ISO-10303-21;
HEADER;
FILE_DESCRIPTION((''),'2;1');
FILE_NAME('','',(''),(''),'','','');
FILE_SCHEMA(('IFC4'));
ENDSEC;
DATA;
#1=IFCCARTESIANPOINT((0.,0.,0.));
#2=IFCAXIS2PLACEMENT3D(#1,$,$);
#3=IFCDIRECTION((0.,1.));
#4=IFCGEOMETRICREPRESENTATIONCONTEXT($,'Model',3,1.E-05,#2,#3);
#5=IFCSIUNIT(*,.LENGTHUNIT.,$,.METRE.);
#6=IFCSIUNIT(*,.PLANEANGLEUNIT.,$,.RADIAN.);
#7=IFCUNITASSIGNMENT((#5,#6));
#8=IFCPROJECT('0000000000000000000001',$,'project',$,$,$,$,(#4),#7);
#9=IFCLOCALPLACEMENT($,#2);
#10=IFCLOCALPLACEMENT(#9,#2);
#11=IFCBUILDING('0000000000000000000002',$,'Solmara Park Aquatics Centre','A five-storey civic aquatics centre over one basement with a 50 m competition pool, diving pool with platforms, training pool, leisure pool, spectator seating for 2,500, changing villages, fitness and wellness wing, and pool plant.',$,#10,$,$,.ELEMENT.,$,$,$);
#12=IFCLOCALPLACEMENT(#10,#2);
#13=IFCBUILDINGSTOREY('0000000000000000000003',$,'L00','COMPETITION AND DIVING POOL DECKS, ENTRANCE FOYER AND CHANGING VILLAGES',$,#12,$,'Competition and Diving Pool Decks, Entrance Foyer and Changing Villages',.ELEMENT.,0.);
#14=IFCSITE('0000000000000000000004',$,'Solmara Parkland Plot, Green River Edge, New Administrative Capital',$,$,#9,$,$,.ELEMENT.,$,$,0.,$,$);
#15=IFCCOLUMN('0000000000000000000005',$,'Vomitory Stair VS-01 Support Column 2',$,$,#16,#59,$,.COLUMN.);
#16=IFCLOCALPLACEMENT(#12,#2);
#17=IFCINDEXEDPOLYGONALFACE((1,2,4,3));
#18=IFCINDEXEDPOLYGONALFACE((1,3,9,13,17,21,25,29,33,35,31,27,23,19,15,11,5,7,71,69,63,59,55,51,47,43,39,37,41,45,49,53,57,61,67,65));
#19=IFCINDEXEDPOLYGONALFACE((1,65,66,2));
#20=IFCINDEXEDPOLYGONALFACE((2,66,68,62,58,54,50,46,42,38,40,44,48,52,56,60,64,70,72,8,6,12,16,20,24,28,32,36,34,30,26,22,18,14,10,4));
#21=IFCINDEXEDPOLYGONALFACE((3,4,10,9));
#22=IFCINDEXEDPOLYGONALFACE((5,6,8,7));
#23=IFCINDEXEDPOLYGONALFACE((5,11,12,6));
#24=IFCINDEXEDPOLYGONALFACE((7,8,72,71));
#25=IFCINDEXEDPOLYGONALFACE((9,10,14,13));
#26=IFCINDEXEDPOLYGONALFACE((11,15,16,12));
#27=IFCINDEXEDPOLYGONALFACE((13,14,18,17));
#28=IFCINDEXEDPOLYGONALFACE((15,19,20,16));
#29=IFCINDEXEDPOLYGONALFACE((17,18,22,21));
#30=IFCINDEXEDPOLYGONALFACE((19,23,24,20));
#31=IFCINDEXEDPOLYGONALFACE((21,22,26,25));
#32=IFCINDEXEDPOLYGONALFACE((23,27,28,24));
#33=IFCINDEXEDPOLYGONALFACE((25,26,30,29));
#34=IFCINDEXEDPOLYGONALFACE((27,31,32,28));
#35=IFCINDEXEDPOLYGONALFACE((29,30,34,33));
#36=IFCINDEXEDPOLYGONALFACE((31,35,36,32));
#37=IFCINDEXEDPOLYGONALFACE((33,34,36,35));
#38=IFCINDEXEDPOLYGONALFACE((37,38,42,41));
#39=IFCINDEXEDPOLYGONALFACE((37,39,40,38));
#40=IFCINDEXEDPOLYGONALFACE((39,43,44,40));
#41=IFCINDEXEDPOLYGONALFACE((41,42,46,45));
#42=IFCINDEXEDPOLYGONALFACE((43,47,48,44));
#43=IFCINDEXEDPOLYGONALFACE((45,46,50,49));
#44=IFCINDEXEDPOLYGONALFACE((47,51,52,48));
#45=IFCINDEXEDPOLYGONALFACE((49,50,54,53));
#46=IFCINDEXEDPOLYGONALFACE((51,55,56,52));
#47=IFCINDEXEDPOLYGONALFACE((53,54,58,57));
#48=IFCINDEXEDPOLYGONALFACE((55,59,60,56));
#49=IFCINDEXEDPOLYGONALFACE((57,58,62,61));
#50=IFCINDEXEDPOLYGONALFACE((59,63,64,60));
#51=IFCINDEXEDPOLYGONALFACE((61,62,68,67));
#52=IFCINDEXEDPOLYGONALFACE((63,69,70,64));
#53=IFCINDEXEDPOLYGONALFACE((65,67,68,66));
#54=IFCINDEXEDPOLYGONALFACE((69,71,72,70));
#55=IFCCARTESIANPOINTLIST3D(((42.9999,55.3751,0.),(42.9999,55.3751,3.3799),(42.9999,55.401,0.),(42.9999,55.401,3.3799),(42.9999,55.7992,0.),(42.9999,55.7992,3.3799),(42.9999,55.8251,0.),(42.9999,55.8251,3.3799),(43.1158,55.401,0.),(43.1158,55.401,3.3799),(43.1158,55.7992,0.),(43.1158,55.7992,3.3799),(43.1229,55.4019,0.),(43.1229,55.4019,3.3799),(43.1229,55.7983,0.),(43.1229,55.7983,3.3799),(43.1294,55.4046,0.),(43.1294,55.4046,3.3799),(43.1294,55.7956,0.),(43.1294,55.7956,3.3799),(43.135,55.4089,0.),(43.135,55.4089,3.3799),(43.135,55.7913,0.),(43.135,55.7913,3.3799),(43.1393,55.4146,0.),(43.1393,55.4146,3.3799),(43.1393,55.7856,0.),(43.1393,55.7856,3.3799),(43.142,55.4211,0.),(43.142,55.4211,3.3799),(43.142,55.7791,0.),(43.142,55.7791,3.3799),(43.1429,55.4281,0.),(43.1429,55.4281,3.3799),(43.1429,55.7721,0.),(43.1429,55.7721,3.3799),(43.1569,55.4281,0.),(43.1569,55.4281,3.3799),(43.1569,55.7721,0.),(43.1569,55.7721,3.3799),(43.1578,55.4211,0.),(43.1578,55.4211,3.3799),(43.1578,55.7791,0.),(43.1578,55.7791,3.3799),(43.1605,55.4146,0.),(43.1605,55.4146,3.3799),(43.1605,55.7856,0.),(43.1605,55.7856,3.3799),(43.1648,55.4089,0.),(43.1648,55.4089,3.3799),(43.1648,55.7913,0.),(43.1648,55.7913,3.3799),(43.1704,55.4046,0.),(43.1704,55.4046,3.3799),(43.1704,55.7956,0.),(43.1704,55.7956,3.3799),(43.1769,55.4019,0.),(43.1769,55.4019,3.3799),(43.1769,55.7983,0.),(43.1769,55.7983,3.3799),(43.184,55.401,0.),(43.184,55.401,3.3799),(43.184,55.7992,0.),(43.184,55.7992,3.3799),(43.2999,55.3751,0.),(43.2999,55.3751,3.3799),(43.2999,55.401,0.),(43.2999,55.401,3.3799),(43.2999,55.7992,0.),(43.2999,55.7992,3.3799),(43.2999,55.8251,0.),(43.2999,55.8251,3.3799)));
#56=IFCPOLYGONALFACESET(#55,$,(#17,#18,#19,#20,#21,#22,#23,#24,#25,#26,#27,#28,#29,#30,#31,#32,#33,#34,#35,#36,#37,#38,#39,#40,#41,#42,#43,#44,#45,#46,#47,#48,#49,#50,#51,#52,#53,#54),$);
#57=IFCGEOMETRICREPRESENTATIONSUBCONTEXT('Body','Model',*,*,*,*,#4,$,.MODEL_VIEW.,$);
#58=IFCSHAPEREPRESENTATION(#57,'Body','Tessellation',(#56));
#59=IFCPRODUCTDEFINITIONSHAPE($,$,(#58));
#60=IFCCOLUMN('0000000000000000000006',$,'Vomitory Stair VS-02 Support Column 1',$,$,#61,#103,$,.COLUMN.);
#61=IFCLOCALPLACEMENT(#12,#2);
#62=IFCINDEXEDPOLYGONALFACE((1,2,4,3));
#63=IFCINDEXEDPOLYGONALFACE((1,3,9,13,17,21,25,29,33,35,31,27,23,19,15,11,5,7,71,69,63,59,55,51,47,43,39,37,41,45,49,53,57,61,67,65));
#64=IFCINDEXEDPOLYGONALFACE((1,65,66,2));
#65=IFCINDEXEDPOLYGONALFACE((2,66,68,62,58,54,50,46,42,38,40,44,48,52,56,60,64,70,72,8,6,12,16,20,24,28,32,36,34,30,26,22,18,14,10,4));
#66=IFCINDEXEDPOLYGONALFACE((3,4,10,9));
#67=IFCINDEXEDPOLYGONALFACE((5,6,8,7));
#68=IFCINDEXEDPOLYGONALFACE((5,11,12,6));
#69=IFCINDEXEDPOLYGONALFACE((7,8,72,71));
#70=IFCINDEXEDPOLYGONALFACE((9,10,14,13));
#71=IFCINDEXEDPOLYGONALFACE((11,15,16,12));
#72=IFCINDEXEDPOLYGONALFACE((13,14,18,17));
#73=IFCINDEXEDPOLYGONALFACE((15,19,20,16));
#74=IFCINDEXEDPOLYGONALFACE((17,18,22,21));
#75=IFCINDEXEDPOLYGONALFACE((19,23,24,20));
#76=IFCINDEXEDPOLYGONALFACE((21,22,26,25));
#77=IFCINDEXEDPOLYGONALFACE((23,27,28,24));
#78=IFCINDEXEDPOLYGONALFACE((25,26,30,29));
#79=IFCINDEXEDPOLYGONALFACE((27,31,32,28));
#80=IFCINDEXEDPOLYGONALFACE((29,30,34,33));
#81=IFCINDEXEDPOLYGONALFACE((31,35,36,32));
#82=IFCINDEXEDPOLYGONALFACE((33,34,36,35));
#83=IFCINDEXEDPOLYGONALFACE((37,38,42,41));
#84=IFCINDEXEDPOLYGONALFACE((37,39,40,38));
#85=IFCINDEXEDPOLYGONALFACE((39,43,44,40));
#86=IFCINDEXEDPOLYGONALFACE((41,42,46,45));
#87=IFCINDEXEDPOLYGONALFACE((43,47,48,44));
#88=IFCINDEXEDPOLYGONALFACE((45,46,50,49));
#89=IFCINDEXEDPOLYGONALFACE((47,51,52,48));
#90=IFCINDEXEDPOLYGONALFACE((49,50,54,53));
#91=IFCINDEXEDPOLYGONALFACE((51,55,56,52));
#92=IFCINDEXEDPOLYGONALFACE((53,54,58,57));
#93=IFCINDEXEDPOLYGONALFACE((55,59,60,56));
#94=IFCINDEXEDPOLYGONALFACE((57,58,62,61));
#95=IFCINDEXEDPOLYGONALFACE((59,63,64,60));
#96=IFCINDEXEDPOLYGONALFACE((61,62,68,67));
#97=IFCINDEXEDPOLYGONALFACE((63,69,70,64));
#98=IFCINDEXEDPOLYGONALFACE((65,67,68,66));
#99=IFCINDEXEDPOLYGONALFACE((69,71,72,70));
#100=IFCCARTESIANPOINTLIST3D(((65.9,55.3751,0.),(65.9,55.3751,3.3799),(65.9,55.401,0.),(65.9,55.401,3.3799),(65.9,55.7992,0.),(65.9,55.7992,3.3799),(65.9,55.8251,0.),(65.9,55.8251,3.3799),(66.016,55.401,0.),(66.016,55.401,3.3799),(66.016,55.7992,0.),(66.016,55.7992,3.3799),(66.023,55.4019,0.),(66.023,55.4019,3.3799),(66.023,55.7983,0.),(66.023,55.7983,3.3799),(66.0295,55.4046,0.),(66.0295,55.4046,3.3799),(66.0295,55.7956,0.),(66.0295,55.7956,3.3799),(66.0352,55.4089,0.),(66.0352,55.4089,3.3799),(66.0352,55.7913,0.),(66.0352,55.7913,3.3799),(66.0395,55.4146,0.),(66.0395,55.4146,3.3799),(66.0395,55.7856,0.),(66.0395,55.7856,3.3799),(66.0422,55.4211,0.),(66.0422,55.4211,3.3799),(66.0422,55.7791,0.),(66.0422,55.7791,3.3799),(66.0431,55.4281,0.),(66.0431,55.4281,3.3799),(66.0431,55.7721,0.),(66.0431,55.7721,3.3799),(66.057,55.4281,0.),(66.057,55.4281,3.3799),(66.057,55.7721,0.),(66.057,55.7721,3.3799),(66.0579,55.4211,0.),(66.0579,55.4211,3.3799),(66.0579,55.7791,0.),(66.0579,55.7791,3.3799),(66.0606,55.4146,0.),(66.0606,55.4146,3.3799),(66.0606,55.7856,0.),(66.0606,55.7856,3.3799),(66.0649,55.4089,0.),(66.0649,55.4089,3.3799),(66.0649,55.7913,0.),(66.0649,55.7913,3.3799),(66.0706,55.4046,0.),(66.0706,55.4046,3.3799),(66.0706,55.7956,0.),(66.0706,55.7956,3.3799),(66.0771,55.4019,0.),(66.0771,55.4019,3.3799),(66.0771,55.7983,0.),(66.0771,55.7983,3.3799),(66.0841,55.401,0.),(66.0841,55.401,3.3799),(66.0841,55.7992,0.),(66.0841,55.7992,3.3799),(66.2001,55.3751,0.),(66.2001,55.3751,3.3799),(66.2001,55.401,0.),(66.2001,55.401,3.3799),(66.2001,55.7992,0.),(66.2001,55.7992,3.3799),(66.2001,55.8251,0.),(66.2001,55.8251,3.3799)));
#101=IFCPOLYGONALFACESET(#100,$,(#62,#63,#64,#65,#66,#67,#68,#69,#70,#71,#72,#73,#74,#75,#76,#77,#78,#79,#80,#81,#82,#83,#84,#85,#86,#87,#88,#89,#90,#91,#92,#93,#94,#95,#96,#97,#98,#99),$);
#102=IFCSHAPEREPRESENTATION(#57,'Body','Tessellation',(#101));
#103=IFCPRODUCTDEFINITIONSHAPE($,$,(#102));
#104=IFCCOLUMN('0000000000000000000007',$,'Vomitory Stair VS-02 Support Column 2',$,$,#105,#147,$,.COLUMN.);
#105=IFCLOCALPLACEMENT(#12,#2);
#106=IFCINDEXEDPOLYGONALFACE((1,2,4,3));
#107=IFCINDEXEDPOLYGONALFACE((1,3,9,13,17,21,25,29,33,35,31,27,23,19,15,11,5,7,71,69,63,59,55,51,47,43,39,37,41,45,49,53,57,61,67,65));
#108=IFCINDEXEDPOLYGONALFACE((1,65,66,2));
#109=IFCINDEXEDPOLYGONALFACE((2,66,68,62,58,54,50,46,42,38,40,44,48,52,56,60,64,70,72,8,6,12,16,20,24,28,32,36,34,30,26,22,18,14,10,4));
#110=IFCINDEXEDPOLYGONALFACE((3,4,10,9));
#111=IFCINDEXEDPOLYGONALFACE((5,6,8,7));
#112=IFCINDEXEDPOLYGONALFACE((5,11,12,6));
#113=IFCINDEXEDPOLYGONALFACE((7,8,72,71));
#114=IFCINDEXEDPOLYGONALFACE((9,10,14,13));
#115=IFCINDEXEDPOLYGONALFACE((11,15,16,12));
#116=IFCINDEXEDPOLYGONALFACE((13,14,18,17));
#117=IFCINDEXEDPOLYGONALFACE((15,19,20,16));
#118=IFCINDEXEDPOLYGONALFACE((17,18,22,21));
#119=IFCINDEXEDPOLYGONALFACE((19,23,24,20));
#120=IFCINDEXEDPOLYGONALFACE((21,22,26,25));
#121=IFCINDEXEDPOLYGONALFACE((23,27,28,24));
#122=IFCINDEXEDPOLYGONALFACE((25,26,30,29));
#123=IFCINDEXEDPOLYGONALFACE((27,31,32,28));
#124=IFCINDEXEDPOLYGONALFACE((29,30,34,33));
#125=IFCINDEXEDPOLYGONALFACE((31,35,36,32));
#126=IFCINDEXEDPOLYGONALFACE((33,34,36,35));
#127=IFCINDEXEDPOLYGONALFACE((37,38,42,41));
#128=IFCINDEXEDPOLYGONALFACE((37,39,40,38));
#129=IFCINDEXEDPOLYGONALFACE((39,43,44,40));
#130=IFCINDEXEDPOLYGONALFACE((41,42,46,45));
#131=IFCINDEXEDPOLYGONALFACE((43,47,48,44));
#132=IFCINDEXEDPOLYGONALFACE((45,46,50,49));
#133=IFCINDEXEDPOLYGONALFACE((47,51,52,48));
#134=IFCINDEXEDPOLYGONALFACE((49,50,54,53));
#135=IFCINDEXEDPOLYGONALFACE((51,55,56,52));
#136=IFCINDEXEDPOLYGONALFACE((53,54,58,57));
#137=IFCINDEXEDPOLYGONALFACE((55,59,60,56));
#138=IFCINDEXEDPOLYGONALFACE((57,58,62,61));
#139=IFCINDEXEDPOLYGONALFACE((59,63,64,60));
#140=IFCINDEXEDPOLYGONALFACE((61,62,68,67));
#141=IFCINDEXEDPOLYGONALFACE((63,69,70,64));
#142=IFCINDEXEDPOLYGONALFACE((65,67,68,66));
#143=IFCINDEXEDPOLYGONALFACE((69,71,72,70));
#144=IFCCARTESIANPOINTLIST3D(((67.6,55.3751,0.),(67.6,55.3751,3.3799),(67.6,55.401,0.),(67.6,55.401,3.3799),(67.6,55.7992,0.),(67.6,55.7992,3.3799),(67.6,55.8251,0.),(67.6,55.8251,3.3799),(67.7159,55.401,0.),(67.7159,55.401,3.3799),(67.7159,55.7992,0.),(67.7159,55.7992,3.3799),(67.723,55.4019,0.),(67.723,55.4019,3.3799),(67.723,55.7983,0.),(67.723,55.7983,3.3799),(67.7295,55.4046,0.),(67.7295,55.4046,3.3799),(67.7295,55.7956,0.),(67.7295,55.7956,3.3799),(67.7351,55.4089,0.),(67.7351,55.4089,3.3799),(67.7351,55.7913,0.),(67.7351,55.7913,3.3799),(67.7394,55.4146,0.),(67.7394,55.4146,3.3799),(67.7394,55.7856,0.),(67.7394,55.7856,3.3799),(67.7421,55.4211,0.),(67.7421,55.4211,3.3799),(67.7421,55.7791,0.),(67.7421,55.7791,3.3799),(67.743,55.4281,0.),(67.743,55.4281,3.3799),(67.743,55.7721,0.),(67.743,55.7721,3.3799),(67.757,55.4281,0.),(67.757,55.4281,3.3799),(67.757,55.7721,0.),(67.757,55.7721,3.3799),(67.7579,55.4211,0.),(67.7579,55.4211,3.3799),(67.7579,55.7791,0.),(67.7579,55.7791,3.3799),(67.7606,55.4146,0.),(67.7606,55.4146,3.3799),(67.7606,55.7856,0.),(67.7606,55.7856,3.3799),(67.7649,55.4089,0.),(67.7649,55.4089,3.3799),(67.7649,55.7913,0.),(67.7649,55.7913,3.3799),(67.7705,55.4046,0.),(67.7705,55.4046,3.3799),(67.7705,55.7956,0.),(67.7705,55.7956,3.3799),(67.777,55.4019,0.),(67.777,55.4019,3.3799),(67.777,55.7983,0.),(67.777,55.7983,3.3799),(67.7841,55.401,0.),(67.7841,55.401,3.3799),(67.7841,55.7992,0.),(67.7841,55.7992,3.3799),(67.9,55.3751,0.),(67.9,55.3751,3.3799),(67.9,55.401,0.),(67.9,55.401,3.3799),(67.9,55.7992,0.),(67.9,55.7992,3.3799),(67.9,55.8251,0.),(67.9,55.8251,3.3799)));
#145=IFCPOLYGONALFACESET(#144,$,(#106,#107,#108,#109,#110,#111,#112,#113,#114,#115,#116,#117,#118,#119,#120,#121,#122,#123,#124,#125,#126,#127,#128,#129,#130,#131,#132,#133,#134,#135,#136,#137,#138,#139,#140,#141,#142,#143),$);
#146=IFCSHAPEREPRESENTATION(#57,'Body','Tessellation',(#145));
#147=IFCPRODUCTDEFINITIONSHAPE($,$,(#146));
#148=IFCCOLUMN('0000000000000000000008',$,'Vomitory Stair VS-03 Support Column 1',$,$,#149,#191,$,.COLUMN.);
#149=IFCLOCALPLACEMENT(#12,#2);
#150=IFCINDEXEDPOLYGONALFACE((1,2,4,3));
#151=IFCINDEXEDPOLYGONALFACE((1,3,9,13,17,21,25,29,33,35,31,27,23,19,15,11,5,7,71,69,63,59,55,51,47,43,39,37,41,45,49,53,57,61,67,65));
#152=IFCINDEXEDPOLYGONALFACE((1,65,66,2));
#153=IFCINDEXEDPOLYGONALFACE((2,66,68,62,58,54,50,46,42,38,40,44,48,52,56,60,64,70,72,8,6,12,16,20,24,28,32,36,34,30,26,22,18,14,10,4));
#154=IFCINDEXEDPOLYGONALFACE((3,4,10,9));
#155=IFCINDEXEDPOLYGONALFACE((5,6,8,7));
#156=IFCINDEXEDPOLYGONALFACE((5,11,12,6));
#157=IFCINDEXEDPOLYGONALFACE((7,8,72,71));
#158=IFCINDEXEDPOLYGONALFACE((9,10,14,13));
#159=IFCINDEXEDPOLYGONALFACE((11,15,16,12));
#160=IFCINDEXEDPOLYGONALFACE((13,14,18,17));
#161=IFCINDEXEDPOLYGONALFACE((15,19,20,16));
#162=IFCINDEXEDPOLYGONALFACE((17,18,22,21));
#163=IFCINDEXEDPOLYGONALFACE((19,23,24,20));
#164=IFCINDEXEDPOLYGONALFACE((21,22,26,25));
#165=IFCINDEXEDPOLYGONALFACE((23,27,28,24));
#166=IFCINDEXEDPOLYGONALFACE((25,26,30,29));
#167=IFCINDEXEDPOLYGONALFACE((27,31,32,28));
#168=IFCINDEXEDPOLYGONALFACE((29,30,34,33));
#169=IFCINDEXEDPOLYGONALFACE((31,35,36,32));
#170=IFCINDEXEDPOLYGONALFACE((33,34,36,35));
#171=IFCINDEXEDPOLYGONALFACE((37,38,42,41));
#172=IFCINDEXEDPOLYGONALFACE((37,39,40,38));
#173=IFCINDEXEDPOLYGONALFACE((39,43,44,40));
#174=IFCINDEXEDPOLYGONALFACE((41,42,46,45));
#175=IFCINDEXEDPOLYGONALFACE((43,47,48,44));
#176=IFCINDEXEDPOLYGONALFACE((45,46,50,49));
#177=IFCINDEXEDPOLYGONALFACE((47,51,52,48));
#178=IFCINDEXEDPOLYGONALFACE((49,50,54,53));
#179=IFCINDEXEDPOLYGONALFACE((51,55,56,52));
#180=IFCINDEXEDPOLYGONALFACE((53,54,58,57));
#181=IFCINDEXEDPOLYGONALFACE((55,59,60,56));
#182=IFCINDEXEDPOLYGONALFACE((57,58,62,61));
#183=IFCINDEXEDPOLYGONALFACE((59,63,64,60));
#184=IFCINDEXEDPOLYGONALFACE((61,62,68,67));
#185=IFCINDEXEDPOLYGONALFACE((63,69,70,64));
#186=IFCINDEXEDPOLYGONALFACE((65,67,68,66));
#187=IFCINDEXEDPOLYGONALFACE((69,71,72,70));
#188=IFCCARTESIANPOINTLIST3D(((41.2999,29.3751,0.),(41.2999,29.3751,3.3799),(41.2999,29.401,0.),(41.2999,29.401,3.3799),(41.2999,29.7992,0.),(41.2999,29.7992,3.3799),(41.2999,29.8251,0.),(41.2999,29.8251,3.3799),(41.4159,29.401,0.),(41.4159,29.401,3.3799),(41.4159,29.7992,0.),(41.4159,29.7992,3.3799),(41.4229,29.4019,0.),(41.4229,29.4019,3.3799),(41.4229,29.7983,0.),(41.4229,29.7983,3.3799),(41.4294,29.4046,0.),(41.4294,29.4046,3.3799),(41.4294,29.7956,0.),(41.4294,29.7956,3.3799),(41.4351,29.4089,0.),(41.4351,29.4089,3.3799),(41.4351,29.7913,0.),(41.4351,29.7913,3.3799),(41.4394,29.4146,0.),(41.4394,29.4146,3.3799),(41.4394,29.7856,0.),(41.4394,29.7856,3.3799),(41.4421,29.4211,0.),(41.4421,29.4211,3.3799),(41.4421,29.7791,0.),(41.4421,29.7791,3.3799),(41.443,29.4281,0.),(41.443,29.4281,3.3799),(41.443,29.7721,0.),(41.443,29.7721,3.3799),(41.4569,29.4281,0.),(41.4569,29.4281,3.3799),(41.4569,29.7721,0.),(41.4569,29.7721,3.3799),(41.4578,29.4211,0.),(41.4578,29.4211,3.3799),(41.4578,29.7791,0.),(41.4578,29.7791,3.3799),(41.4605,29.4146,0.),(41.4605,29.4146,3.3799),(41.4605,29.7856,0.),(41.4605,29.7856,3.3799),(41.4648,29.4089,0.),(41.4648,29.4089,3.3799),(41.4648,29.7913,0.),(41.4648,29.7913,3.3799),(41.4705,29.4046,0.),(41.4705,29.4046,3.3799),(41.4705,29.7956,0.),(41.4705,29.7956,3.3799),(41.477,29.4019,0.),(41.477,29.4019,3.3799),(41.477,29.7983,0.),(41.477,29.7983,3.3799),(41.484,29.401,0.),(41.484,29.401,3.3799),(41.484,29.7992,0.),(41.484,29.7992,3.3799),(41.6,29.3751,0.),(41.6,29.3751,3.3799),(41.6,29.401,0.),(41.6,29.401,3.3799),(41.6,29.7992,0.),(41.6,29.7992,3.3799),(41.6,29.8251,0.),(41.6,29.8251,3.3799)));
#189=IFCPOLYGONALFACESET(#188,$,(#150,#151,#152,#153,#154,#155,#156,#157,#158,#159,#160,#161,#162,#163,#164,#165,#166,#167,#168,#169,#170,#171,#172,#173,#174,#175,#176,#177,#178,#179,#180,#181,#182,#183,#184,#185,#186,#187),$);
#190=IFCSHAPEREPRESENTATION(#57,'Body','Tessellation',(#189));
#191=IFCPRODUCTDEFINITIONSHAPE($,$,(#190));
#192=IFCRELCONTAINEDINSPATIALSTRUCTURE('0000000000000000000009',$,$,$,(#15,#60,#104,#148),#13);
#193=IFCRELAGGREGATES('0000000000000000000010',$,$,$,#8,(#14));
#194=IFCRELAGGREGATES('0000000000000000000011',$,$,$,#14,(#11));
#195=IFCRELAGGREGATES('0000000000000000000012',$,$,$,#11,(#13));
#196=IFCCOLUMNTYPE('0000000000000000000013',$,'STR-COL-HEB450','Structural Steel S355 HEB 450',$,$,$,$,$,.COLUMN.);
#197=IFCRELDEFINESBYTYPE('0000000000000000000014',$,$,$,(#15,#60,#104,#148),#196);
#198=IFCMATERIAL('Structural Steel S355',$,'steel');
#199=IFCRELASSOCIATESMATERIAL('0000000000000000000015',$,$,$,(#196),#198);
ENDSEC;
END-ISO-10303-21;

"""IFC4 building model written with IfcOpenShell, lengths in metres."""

from ifc_helpers import new_model, si_unit, direction, frame, origin, origin_2d, place, context, subcontext, project, spatial, i_section, extrude, material, material_profile, profile_set, type_object, element, save


model = new_model("IFC4")

# Units and contexts
model_context = context("Model", 3, precision=1e-05, world=origin(), true_north=direction((0.0, 1.0)))
body_context = subcontext(model_context, "Body", "Model", "MODEL_VIEW")
ifc_project = project(units=[si_unit("LENGTHUNIT", "METRE"), si_unit("PLANEANGLEUNIT", "RADIAN")], contexts=[model_context])

# Site, building, storey
site_placement = place(None, origin())
site = spatial("IfcSite", under=ifc_project, at=site_placement, Name="Solmara Parkland Plot, Green River Edge, New Administrative Capital", CompositionType="ELEMENT", RefElevation=0.0)
building_placement = place(site_placement, origin())
building = spatial("IfcBuilding", under=site, at=building_placement, Name="Solmara Park Aquatics Centre", Description="A five-storey civic aquatics centre over one basement with a 50 m competition pool, diving pool with platforms, training pool, leisure pool, spectator seating for 2,500, changing villages, fitness and wellness wing, and pool plant.", CompositionType="ELEMENT")
storey_placement = place(building_placement, origin())
storey = spatial("IfcBuildingStorey", under=building, at=storey_placement, Name="L00", Description="COMPETITION AND DIVING POOL DECKS, ENTRANCE FOYER AND CHANGING VILLAGES", LongName="Competition and Diving Pool Decks, Entrance Foyer and Changing Villages", CompositionType="ELEMENT", Elevation=0.0)

# Columns
ifc_material_1 = material(Name="Structural Steel S355", Category="steel")
ifc_material_profile_1 = material_profile(ifc_material_1, i_section(OverallWidth=0.3, OverallDepth=0.45, WebThickness=0.0139, FlangeThickness=0.0259, FilletRadius=0.0271, at=origin_2d()), Name="HEB 450")
ifc_profile_set_1 = profile_set([ifc_material_profile_1], Name="Structural Steel S355")
column_type_1 = type_object("IfcColumnType", Name="STR-COL-HEB450", Description="Structural Steel S355 HEB 450", PredefinedType="COLUMN", material=ifc_profile_set_1)
for number, where, z_axis, x_axis, name in (
    (1, (43.1499, 55.6001, 0.0), (0.0, 0.0, 1.0), (1.0, 0.0, 0.0), "Vomitory Stair VS-01 Support Column 2"),
    (2, (66.05, 55.6001, 0.0), (0.0, 0.0, 1.0), (1.0, 0.0, 0.0), "Vomitory Stair VS-02 Support Column 1"),
    (3, (67.75, 55.6001, 0.0), (0.0, 0.0, 1.0), (1.0, 0.0, 0.0), "Vomitory Stair VS-02 Support Column 2"),
    (4, (41.45, 29.6001, 0.0), (0.0, 0.0, 1.0), (1.0, 0.0, 0.0), "Vomitory Stair VS-03 Support Column 1"),
):
    element("IfcColumn", number, at=place(storey_placement, frame(where, z_axis=z_axis, x_axis=x_axis)), inside=storey, type_object=column_type_1, Name=name, PredefinedType="COLUMN", context=body_context, shape_type="SweptSolid", body=[
        extrude(i_section(OverallWidth=0.3, OverallDepth=0.45, WebThickness=0.0139, FlangeThickness=0.0259, FilletRadius=0.0271, at=origin_2d()), origin(), (0.0, 0.0, 1.0), 3.3799),
    ])

save(model, "model.ifc")
